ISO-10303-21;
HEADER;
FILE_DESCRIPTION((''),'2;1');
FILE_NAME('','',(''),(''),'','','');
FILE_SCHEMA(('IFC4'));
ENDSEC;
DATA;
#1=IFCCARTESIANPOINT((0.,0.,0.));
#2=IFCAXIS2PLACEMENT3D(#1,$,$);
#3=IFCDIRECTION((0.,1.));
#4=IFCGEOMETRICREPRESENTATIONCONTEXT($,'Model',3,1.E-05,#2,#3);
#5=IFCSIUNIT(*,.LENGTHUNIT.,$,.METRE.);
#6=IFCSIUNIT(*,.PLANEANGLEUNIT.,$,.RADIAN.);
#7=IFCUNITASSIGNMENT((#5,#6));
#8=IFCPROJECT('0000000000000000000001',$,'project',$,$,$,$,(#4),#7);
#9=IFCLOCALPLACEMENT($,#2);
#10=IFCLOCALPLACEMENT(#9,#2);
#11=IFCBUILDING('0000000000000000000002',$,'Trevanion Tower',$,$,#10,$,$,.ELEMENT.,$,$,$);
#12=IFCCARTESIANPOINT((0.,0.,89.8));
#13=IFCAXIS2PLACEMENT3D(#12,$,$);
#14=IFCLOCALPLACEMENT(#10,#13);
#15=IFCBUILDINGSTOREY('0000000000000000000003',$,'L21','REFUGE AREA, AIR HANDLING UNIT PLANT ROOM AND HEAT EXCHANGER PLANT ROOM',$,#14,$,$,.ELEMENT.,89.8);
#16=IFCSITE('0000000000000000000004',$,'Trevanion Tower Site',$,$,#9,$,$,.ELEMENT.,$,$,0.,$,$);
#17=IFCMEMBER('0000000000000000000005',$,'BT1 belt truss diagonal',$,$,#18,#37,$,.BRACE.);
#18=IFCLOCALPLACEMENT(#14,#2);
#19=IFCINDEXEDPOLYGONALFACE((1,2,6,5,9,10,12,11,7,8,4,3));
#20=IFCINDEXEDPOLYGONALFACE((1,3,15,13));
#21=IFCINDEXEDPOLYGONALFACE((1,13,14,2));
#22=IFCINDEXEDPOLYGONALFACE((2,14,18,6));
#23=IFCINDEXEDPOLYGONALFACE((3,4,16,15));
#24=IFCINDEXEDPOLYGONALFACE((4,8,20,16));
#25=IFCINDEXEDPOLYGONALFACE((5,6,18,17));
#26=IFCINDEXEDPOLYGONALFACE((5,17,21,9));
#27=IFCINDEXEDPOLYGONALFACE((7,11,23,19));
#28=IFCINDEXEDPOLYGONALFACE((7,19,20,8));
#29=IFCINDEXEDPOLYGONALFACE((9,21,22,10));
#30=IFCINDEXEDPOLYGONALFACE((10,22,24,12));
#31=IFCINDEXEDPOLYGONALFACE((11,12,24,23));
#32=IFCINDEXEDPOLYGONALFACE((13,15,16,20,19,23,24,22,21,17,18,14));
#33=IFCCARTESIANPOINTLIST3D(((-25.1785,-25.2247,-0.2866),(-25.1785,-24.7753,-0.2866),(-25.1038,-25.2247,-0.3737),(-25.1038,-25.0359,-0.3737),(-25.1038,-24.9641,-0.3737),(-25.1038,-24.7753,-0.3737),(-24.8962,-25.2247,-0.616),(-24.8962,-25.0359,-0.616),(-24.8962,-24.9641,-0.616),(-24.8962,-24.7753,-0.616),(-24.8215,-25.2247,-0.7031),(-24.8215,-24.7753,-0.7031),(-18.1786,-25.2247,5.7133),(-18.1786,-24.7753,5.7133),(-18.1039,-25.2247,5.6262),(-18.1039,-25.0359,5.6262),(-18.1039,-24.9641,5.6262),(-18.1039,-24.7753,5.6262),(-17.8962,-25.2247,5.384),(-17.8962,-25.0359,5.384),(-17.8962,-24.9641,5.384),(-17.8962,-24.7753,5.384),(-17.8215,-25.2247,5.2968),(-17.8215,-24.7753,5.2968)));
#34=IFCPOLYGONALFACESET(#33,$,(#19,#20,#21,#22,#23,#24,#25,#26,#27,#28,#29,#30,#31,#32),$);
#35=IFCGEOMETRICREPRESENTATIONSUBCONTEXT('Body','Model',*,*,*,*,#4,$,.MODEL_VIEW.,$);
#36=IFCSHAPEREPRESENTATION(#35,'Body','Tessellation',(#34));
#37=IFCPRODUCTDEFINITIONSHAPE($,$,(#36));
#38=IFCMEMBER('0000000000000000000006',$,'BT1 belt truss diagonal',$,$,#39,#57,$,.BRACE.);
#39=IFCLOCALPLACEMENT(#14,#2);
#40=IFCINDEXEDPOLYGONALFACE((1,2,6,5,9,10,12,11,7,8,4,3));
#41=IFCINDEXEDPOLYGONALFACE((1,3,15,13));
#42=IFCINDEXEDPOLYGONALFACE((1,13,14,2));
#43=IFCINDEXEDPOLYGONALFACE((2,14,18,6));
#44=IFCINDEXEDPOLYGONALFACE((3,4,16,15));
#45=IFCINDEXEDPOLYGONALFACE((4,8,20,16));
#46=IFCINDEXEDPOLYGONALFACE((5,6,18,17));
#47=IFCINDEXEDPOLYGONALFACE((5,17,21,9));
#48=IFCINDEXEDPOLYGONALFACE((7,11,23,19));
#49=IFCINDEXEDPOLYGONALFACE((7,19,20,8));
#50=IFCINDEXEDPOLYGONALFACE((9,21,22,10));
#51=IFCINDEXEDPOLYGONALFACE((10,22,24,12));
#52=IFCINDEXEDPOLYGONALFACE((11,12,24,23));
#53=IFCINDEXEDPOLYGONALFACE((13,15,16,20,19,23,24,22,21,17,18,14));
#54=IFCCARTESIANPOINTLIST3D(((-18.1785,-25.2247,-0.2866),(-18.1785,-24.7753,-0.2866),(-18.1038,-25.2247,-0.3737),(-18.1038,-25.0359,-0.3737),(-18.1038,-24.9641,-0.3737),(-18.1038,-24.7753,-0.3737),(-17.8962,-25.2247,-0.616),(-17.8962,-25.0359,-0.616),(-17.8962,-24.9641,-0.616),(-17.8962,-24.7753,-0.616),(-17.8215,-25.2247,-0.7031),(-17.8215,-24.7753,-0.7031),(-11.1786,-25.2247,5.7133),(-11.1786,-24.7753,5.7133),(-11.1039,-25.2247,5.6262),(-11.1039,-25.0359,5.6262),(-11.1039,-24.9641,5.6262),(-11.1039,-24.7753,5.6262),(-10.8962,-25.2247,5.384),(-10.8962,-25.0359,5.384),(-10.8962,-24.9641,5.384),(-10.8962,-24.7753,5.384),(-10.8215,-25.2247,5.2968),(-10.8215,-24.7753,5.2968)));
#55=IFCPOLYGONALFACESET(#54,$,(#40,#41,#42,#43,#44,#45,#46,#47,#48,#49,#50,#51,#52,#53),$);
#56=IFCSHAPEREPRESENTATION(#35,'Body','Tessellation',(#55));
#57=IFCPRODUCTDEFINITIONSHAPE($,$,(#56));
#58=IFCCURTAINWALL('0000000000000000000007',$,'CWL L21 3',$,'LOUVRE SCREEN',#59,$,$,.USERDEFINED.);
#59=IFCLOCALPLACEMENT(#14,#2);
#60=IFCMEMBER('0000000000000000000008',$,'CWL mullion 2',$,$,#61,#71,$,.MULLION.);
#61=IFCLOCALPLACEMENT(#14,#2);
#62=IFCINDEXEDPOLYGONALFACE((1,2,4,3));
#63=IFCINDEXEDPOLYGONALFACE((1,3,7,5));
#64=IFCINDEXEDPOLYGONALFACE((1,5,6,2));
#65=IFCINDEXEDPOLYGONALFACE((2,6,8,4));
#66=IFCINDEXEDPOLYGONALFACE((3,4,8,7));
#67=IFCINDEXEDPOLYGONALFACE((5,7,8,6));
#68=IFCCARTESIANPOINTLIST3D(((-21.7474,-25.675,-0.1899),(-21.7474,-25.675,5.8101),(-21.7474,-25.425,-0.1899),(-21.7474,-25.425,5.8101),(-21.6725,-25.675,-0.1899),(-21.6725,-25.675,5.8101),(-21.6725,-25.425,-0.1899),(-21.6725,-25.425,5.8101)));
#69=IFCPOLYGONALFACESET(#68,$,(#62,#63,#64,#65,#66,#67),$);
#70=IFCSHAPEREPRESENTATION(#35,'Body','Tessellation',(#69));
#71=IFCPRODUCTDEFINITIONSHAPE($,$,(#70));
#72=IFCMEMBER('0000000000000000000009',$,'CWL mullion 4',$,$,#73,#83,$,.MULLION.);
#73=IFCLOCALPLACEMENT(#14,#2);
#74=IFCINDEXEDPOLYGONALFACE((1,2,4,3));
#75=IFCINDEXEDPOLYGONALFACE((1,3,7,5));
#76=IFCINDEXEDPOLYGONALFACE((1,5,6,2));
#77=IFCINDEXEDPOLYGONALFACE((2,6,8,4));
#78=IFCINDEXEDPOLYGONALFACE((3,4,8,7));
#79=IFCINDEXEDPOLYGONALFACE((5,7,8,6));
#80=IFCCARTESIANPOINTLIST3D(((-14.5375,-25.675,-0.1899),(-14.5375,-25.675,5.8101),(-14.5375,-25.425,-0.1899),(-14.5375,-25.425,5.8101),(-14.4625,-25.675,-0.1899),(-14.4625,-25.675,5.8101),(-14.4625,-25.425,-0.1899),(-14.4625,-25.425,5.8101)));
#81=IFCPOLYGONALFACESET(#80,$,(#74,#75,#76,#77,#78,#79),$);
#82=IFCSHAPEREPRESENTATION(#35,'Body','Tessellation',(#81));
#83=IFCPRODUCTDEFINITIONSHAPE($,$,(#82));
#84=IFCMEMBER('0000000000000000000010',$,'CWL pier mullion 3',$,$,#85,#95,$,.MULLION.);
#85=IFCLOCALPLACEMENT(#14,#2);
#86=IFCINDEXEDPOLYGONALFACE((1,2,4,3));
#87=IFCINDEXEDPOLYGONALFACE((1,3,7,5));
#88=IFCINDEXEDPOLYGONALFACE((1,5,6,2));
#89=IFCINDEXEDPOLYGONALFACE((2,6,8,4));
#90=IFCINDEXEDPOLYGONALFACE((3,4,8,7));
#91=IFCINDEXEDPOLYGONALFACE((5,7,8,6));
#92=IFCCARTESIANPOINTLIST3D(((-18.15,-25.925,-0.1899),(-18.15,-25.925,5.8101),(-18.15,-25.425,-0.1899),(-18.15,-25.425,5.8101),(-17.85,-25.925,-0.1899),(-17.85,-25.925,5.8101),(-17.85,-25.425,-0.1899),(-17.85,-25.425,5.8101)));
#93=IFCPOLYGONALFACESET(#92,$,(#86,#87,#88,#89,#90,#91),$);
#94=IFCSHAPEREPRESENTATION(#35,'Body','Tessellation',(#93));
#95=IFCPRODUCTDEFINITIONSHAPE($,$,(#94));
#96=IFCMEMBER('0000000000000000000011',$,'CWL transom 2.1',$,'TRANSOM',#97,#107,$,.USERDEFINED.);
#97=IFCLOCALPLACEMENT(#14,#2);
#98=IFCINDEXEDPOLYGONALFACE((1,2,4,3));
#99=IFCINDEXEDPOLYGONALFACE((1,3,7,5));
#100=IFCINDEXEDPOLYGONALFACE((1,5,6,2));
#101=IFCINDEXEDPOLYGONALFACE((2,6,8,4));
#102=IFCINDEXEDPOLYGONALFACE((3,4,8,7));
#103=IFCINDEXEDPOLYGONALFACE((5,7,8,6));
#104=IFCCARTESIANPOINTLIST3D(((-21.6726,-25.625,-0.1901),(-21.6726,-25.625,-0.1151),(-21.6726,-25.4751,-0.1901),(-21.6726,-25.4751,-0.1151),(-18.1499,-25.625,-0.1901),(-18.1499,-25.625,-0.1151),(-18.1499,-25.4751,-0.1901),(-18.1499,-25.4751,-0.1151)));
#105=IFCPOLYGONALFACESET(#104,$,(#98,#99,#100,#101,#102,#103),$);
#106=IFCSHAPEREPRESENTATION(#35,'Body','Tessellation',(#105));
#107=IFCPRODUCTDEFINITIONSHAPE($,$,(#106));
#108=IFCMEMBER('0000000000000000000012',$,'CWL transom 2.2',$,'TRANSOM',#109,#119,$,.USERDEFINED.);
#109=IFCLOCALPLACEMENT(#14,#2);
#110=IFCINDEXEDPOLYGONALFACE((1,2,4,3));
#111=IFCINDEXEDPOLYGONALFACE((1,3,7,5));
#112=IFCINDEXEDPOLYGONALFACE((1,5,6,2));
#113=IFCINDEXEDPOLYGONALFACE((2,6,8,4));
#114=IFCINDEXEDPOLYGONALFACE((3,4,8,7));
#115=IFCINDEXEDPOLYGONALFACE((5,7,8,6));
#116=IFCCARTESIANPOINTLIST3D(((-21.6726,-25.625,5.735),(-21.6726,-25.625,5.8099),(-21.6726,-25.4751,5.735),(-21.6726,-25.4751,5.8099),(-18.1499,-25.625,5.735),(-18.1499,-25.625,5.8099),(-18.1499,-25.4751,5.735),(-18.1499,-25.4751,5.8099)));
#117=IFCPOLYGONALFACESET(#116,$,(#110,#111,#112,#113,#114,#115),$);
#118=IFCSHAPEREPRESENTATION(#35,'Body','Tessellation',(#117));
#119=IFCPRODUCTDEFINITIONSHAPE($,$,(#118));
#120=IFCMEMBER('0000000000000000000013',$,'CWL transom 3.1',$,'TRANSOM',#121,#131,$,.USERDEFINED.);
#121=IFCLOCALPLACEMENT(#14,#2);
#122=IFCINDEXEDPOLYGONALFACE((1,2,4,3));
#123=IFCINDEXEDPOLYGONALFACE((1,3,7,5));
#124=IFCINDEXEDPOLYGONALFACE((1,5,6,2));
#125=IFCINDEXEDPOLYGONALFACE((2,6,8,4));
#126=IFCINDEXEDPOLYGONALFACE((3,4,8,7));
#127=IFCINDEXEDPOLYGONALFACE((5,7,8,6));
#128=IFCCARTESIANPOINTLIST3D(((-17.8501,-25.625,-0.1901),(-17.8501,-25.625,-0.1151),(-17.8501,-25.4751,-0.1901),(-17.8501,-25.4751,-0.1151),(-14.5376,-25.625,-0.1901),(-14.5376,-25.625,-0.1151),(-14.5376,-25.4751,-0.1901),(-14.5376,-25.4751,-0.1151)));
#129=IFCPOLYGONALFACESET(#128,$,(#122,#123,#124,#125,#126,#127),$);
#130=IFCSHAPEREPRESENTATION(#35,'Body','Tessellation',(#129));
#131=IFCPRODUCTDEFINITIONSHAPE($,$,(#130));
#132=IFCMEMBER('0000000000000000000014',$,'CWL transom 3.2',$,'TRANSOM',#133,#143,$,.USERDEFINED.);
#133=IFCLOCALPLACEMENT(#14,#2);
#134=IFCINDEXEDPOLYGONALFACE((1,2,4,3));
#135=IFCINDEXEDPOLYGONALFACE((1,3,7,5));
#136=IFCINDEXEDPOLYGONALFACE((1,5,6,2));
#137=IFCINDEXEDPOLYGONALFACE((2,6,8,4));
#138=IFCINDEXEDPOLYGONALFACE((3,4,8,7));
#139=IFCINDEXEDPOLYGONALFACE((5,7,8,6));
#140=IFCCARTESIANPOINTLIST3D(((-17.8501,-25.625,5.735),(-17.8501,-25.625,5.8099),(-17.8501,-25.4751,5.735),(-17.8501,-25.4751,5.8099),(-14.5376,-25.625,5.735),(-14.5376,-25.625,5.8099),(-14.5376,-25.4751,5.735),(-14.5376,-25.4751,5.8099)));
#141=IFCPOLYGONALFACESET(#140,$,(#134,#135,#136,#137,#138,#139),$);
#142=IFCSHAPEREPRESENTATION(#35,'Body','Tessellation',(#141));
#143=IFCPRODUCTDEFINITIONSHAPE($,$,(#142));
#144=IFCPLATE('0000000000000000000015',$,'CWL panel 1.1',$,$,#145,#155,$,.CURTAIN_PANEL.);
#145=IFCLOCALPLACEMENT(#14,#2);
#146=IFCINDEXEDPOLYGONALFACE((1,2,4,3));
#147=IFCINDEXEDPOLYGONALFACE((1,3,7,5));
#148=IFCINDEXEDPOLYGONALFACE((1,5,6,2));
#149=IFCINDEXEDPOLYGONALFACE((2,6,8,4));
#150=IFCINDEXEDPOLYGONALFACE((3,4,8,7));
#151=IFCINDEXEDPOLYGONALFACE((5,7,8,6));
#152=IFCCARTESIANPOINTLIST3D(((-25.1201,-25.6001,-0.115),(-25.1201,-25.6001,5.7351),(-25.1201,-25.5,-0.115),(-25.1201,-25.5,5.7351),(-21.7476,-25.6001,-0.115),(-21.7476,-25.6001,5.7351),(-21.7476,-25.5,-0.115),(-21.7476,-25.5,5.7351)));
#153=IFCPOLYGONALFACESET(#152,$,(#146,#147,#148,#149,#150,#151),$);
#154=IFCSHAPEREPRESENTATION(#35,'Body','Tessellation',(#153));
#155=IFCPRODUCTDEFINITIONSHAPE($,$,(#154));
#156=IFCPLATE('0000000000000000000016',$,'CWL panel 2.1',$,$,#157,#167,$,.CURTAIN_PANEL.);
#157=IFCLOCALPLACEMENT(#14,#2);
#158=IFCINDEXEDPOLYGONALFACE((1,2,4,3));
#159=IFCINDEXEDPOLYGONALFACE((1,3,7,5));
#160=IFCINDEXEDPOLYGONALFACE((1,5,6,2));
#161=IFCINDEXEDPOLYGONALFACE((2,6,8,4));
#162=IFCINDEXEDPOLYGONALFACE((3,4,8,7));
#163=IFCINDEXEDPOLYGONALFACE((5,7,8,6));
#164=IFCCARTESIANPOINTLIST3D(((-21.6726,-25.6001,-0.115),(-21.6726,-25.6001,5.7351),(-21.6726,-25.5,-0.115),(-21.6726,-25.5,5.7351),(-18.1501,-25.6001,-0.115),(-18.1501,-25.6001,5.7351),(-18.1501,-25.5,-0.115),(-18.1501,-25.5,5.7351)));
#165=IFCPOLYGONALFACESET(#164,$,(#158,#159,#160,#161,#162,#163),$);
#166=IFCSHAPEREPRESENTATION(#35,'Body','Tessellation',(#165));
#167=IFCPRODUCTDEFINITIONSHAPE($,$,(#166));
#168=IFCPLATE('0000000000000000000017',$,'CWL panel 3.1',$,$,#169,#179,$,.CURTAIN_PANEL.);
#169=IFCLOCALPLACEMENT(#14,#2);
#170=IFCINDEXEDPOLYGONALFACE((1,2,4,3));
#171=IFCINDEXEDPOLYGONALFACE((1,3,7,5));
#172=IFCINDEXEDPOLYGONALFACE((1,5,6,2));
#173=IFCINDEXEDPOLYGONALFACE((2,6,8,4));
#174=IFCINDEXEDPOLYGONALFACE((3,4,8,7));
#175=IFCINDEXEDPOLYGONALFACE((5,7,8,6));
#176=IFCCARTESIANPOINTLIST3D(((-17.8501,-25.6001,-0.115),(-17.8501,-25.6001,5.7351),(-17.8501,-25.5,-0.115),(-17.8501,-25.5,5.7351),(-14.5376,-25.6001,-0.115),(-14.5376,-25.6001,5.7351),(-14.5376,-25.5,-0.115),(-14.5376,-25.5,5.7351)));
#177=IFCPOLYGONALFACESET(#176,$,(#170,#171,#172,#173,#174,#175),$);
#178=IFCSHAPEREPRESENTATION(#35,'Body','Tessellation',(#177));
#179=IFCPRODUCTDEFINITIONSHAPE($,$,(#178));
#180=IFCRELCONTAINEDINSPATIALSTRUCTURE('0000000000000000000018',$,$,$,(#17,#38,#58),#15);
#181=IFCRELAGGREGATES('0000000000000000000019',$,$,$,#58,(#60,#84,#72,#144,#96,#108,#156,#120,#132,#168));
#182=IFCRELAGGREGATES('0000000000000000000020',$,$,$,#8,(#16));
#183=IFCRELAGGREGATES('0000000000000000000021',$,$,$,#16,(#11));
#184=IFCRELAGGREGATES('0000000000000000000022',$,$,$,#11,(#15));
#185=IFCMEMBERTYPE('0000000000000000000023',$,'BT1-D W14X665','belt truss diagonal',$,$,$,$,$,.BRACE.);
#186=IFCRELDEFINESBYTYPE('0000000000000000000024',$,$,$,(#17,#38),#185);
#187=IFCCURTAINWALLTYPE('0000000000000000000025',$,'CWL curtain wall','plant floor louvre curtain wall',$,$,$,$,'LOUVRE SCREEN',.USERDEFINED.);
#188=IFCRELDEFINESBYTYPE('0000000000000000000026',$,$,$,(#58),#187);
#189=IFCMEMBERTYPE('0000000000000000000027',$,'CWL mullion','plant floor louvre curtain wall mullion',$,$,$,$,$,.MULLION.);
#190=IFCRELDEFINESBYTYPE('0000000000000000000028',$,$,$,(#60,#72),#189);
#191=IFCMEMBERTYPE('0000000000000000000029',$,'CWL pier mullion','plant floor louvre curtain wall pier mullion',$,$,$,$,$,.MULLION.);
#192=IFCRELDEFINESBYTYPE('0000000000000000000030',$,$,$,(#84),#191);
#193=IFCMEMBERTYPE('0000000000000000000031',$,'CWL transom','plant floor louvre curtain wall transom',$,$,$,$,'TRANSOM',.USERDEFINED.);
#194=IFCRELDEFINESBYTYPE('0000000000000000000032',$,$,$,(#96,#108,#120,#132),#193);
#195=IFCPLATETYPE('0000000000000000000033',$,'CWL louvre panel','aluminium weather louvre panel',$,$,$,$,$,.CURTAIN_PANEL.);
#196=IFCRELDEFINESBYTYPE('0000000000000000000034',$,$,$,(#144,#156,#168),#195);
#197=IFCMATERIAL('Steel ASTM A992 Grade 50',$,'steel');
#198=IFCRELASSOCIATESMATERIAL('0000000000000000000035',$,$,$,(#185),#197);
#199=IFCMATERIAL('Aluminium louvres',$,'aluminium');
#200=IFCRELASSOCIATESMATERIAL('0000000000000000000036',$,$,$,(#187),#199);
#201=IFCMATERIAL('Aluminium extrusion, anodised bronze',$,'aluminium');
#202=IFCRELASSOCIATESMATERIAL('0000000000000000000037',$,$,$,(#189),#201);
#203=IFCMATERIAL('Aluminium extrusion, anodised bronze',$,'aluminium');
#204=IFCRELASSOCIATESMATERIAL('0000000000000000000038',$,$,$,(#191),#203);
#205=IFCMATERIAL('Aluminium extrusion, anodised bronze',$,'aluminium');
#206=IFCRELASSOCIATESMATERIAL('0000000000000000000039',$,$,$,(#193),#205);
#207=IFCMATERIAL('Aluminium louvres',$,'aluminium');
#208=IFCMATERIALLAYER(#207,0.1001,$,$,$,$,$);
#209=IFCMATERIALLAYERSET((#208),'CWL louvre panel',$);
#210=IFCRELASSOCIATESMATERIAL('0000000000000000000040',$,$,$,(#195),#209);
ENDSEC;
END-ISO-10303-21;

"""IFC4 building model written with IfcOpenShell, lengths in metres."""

from ifc_helpers import new_model, si_unit, direction, frame, origin, origin_2d, place, context, subcontext, project, spatial, rectangle, i_section, extrude, material, layer, layer_set, material_profile, profile_set, type_object, element, aggregate, save


model = new_model("IFC4")

# Units and contexts
model_context = context("Model", 3, precision=1e-05, world=origin(), true_north=direction((0.0, 1.0)))
body_context = subcontext(model_context, "Body", "Model", "MODEL_VIEW")
ifc_project = project(units=[si_unit("LENGTHUNIT", "METRE"), si_unit("PLANEANGLEUNIT", "RADIAN")], contexts=[model_context])

# Site, building, storey
site_placement = place(None, origin())
site = spatial("IfcSite", under=ifc_project, at=site_placement, Name="Trevanion Tower Site", CompositionType="ELEMENT", RefElevation=0.0)
building_placement = place(site_placement, origin())
building = spatial("IfcBuilding", under=site, at=building_placement, Name="Trevanion Tower", CompositionType="ELEMENT")
storey_placement = place(building_placement, frame((0.0, 0.0, 89.8)))
storey = spatial("IfcBuildingStorey", under=building, at=storey_placement, Name="L21", Description="REFUGE AREA, AIR HANDLING UNIT PLANT ROOM AND HEAT EXCHANGER PLANT ROOM", CompositionType="ELEMENT", Elevation=89.8)

# Members
ifc_material_1 = material(Name="Steel ASTM A992 Grade 50", Category="steel")
ifc_material_profile_1 = material_profile(ifc_material_1, i_section(OverallWidth=0.4495, OverallDepth=0.5486, WebThickness=0.0718, FlangeThickness=0.1147, at=origin_2d()), Name="W14X665")
ifc_profile_set_1 = profile_set([ifc_material_profile_1], Name="Steel ASTM A992 Grade 50")
member_type_1 = type_object("IfcMemberType", Name="BT1-D W14X665", Description="belt truss diagonal", PredefinedType="BRACE", material=ifc_profile_set_1)
for number, where, z_axis, x_axis, name in (
    (1, (-25.0, -25.0, -0.4949), (0.759257, 0.0, 0.650791), (0.0, 1.0, 0.0), "BT1 belt truss diagonal"),
    (2, (-18.0, -25.0, -0.4949), (0.759257, 0.0, 0.650791), (0.0, 1.0, 0.0), "BT1 belt truss diagonal"),
):
    element("IfcMember", number, at=place(storey_placement, frame(where, z_axis=z_axis, x_axis=x_axis)), inside=storey, type_object=member_type_1, Name=name, PredefinedType="BRACE", context=body_context, shape_type="SweptSolid", body=[
        extrude(i_section(OverallWidth=0.4495, OverallDepth=0.5486, WebThickness=0.0718, FlangeThickness=0.1147, at=origin_2d()), origin(), (0.0, 0.0, 1.0), 9.2195),
    ])

# Curtain wall, members, plates
ifc_material_2 = material(Name="Aluminium louvres", Category="aluminium")
curtain_wall_type = type_object("IfcCurtainWallType", Name="CWL curtain wall", Description="plant floor louvre curtain wall", ElementType="LOUVRE SCREEN", PredefinedType="USERDEFINED", material=ifc_material_2)
curtain_wall_placement = place(storey_placement, origin())
curtain_wall = element("IfcCurtainWall", 3, at=curtain_wall_placement, inside=storey, type_object=curtain_wall_type, Name="CWL L21 3", ObjectType="LOUVRE SCREEN", PredefinedType="USERDEFINED")
ifc_material_3 = material(Name="Aluminium extrusion, anodised bronze", Category="aluminium")
ifc_material_profile_2 = material_profile(ifc_material_3, rectangle(XDim=0.075, YDim=0.25, at=origin_2d()), Name="CWL mullion")
ifc_profile_set_2 = profile_set([ifc_material_profile_2], Name="Aluminium extrusion, anodised bronze")
member_type_2 = type_object("IfcMemberType", Name="CWL mullion", Description="plant floor louvre curtain wall mullion", PredefinedType="MULLION", material=ifc_profile_set_2)
member_1_placement = place(storey_placement, frame((-21.71, -25.55, -0.1899), z_axis=(0.0, 0.0, 1.0), x_axis=(1.0, 0.0, 0.0)))
member_1 = element("IfcMember", 4, at=member_1_placement, type_object=member_type_2, Name="CWL mullion 2", PredefinedType="MULLION", context=body_context, shape_type="SweptSolid", body=[
    extrude(rectangle(XDim=0.075, YDim=0.25, at=origin_2d()), origin(), (0.0, 0.0, 1.0), 6.0),
])
member_2_placement = place(storey_placement, frame((-14.5, -25.55, -0.1899), z_axis=(0.0, 0.0, 1.0), x_axis=(1.0, 0.0, 0.0)))
member_2 = element("IfcMember", 5, at=member_2_placement, type_object=member_type_2, Name="CWL mullion 4", PredefinedType="MULLION", context=body_context, shape_type="SweptSolid", body=[
    extrude(rectangle(XDim=0.075, YDim=0.25, at=origin_2d()), origin(), (0.0, 0.0, 1.0), 6.0),
])
ifc_material_4 = material(Name="Aluminium extrusion, anodised bronze", Category="aluminium")
ifc_material_profile_3 = material_profile(ifc_material_4, rectangle(XDim=0.3, YDim=0.5, at=origin_2d()), Name="CWL pier mullion")
ifc_profile_set_3 = profile_set([ifc_material_profile_3], Name="Aluminium extrusion, anodised bronze")
member_type_3 = type_object("IfcMemberType", Name="CWL pier mullion", Description="plant floor louvre curtain wall pier mullion", PredefinedType="MULLION", material=ifc_profile_set_3)
member_3_placement = place(storey_placement, frame((-18.0, -25.675, -0.1899), z_axis=(0.0, 0.0, 1.0), x_axis=(1.0, 0.0, 0.0)))
member_3 = element("IfcMember", 6, at=member_3_placement, type_object=member_type_3, Name="CWL pier mullion 3", PredefinedType="MULLION", context=body_context, shape_type="SweptSolid", body=[
    extrude(rectangle(XDim=0.3, YDim=0.5, at=origin_2d()), origin(), (0.0, 0.0, 1.0), 6.0),
])
ifc_material_5 = material(Name="Aluminium extrusion, anodised bronze", Category="aluminium")
ifc_material_profile_4 = material_profile(ifc_material_5, rectangle(XDim=0.1499, YDim=0.075, at=origin_2d()), Name="CWL transom")
ifc_profile_set_4 = profile_set([ifc_material_profile_4], Name="Aluminium extrusion, anodised bronze")
member_type_4 = type_object("IfcMemberType", Name="CWL transom", Description="plant floor louvre curtain wall transom", ElementType="TRANSOM", PredefinedType="USERDEFINED", material=ifc_profile_set_4)
member_4_placement = place(storey_placement, frame((-21.6726, -25.55, -0.1526), z_axis=(1.0, 0.0, 0.0), x_axis=(0.0, 1.0, 0.0)))
member_4 = element("IfcMember", 7, at=member_4_placement, type_object=member_type_4, Name="CWL transom 2.1", ObjectType="TRANSOM", PredefinedType="USERDEFINED", context=body_context, shape_type="SweptSolid", body=[
    extrude(rectangle(XDim=0.1499, YDim=0.075, at=origin_2d()), origin(), (0.0, 0.0, 1.0), 3.5227),
])
member_5_placement = place(storey_placement, frame((-21.6726, -25.55, 5.7725), z_axis=(1.0, 0.0, 0.0), x_axis=(0.0, 1.0, 0.0)))
member_5 = element("IfcMember", 8, at=member_5_placement, type_object=member_type_4, Name="CWL transom 2.2", ObjectType="TRANSOM", PredefinedType="USERDEFINED", context=body_context, shape_type="SweptSolid", body=[
    extrude(rectangle(XDim=0.1499, YDim=0.075, at=origin_2d()), origin(), (0.0, 0.0, 1.0), 3.5227),
])
member_6_placement = place(storey_placement, frame((-17.8501, -25.55, -0.1526), z_axis=(1.0, 0.0, 0.0), x_axis=(0.0, 1.0, 0.0)))
member_6 = element("IfcMember", 9, at=member_6_placement, type_object=member_type_4, Name="CWL transom 3.1", ObjectType="TRANSOM", PredefinedType="USERDEFINED", context=body_context, shape_type="SweptSolid", body=[
    extrude(rectangle(XDim=0.1499, YDim=0.075, at=origin_2d()), origin(), (0.0, 0.0, 1.0), 3.3125),
])
member_7_placement = place(storey_placement, frame((-17.8501, -25.55, 5.7725), z_axis=(1.0, 0.0, 0.0), x_axis=(0.0, 1.0, 0.0)))
member_7 = element("IfcMember", 10, at=member_7_placement, type_object=member_type_4, Name="CWL transom 3.2", ObjectType="TRANSOM", PredefinedType="USERDEFINED", context=body_context, shape_type="SweptSolid", body=[
    extrude(rectangle(XDim=0.1499, YDim=0.075, at=origin_2d()), origin(), (0.0, 0.0, 1.0), 3.3125),
])
ifc_material_6 = material(Name="Aluminium louvres", Category="aluminium")
ifc_layer = layer(ifc_material_6, 0.1001)
ifc_layer_set = layer_set([ifc_layer], Name="CWL louvre panel")
plate_type = type_object("IfcPlateType", Name="CWL louvre panel", Description="aluminium weather louvre panel", PredefinedType="CURTAIN_PANEL", material=ifc_layer_set)
plate_1_placement = place(storey_placement, frame((-23.4338, -25.55, -0.115), z_axis=(0.0, 0.0, 1.0), x_axis=(1.0, 0.0, 0.0)))
plate_1 = element("IfcPlate", 11, at=plate_1_placement, type_object=plate_type, Name="CWL panel 1.1", PredefinedType="CURTAIN_PANEL", context=body_context, shape_type="SweptSolid", body=[
    extrude(rectangle(XDim=3.3726, YDim=0.1001, at=origin_2d()), origin(), (0.0, 0.0, 1.0), 5.8501),
])
plate_2_placement = place(storey_placement, frame((-19.9114, -25.55, -0.115), z_axis=(0.0, 0.0, 1.0), x_axis=(1.0, 0.0, 0.0)))
plate_2 = element("IfcPlate", 12, at=plate_2_placement, type_object=plate_type, Name="CWL panel 2.1", PredefinedType="CURTAIN_PANEL", context=body_context, shape_type="SweptSolid", body=[
    extrude(rectangle(XDim=3.5225, YDim=0.1001, at=origin_2d()), origin(), (0.0, 0.0, 1.0), 5.8501),
])
plate_3_placement = place(storey_placement, frame((-16.1938, -25.55, -0.115), z_axis=(0.0, 0.0, 1.0), x_axis=(1.0, 0.0, 0.0)))
plate_3 = element("IfcPlate", 13, at=plate_3_placement, type_object=plate_type, Name="CWL panel 3.1", PredefinedType="CURTAIN_PANEL", context=body_context, shape_type="SweptSolid", body=[
    extrude(rectangle(XDim=3.3125, YDim=0.1001, at=origin_2d()), origin(), (0.0, 0.0, 1.0), 5.8501),
])
aggregate(curtain_wall, [member_1, member_3, member_2, plate_1, member_4, member_5, plate_2, member_6, member_7, plate_3])

save(model, "model.ifc")
